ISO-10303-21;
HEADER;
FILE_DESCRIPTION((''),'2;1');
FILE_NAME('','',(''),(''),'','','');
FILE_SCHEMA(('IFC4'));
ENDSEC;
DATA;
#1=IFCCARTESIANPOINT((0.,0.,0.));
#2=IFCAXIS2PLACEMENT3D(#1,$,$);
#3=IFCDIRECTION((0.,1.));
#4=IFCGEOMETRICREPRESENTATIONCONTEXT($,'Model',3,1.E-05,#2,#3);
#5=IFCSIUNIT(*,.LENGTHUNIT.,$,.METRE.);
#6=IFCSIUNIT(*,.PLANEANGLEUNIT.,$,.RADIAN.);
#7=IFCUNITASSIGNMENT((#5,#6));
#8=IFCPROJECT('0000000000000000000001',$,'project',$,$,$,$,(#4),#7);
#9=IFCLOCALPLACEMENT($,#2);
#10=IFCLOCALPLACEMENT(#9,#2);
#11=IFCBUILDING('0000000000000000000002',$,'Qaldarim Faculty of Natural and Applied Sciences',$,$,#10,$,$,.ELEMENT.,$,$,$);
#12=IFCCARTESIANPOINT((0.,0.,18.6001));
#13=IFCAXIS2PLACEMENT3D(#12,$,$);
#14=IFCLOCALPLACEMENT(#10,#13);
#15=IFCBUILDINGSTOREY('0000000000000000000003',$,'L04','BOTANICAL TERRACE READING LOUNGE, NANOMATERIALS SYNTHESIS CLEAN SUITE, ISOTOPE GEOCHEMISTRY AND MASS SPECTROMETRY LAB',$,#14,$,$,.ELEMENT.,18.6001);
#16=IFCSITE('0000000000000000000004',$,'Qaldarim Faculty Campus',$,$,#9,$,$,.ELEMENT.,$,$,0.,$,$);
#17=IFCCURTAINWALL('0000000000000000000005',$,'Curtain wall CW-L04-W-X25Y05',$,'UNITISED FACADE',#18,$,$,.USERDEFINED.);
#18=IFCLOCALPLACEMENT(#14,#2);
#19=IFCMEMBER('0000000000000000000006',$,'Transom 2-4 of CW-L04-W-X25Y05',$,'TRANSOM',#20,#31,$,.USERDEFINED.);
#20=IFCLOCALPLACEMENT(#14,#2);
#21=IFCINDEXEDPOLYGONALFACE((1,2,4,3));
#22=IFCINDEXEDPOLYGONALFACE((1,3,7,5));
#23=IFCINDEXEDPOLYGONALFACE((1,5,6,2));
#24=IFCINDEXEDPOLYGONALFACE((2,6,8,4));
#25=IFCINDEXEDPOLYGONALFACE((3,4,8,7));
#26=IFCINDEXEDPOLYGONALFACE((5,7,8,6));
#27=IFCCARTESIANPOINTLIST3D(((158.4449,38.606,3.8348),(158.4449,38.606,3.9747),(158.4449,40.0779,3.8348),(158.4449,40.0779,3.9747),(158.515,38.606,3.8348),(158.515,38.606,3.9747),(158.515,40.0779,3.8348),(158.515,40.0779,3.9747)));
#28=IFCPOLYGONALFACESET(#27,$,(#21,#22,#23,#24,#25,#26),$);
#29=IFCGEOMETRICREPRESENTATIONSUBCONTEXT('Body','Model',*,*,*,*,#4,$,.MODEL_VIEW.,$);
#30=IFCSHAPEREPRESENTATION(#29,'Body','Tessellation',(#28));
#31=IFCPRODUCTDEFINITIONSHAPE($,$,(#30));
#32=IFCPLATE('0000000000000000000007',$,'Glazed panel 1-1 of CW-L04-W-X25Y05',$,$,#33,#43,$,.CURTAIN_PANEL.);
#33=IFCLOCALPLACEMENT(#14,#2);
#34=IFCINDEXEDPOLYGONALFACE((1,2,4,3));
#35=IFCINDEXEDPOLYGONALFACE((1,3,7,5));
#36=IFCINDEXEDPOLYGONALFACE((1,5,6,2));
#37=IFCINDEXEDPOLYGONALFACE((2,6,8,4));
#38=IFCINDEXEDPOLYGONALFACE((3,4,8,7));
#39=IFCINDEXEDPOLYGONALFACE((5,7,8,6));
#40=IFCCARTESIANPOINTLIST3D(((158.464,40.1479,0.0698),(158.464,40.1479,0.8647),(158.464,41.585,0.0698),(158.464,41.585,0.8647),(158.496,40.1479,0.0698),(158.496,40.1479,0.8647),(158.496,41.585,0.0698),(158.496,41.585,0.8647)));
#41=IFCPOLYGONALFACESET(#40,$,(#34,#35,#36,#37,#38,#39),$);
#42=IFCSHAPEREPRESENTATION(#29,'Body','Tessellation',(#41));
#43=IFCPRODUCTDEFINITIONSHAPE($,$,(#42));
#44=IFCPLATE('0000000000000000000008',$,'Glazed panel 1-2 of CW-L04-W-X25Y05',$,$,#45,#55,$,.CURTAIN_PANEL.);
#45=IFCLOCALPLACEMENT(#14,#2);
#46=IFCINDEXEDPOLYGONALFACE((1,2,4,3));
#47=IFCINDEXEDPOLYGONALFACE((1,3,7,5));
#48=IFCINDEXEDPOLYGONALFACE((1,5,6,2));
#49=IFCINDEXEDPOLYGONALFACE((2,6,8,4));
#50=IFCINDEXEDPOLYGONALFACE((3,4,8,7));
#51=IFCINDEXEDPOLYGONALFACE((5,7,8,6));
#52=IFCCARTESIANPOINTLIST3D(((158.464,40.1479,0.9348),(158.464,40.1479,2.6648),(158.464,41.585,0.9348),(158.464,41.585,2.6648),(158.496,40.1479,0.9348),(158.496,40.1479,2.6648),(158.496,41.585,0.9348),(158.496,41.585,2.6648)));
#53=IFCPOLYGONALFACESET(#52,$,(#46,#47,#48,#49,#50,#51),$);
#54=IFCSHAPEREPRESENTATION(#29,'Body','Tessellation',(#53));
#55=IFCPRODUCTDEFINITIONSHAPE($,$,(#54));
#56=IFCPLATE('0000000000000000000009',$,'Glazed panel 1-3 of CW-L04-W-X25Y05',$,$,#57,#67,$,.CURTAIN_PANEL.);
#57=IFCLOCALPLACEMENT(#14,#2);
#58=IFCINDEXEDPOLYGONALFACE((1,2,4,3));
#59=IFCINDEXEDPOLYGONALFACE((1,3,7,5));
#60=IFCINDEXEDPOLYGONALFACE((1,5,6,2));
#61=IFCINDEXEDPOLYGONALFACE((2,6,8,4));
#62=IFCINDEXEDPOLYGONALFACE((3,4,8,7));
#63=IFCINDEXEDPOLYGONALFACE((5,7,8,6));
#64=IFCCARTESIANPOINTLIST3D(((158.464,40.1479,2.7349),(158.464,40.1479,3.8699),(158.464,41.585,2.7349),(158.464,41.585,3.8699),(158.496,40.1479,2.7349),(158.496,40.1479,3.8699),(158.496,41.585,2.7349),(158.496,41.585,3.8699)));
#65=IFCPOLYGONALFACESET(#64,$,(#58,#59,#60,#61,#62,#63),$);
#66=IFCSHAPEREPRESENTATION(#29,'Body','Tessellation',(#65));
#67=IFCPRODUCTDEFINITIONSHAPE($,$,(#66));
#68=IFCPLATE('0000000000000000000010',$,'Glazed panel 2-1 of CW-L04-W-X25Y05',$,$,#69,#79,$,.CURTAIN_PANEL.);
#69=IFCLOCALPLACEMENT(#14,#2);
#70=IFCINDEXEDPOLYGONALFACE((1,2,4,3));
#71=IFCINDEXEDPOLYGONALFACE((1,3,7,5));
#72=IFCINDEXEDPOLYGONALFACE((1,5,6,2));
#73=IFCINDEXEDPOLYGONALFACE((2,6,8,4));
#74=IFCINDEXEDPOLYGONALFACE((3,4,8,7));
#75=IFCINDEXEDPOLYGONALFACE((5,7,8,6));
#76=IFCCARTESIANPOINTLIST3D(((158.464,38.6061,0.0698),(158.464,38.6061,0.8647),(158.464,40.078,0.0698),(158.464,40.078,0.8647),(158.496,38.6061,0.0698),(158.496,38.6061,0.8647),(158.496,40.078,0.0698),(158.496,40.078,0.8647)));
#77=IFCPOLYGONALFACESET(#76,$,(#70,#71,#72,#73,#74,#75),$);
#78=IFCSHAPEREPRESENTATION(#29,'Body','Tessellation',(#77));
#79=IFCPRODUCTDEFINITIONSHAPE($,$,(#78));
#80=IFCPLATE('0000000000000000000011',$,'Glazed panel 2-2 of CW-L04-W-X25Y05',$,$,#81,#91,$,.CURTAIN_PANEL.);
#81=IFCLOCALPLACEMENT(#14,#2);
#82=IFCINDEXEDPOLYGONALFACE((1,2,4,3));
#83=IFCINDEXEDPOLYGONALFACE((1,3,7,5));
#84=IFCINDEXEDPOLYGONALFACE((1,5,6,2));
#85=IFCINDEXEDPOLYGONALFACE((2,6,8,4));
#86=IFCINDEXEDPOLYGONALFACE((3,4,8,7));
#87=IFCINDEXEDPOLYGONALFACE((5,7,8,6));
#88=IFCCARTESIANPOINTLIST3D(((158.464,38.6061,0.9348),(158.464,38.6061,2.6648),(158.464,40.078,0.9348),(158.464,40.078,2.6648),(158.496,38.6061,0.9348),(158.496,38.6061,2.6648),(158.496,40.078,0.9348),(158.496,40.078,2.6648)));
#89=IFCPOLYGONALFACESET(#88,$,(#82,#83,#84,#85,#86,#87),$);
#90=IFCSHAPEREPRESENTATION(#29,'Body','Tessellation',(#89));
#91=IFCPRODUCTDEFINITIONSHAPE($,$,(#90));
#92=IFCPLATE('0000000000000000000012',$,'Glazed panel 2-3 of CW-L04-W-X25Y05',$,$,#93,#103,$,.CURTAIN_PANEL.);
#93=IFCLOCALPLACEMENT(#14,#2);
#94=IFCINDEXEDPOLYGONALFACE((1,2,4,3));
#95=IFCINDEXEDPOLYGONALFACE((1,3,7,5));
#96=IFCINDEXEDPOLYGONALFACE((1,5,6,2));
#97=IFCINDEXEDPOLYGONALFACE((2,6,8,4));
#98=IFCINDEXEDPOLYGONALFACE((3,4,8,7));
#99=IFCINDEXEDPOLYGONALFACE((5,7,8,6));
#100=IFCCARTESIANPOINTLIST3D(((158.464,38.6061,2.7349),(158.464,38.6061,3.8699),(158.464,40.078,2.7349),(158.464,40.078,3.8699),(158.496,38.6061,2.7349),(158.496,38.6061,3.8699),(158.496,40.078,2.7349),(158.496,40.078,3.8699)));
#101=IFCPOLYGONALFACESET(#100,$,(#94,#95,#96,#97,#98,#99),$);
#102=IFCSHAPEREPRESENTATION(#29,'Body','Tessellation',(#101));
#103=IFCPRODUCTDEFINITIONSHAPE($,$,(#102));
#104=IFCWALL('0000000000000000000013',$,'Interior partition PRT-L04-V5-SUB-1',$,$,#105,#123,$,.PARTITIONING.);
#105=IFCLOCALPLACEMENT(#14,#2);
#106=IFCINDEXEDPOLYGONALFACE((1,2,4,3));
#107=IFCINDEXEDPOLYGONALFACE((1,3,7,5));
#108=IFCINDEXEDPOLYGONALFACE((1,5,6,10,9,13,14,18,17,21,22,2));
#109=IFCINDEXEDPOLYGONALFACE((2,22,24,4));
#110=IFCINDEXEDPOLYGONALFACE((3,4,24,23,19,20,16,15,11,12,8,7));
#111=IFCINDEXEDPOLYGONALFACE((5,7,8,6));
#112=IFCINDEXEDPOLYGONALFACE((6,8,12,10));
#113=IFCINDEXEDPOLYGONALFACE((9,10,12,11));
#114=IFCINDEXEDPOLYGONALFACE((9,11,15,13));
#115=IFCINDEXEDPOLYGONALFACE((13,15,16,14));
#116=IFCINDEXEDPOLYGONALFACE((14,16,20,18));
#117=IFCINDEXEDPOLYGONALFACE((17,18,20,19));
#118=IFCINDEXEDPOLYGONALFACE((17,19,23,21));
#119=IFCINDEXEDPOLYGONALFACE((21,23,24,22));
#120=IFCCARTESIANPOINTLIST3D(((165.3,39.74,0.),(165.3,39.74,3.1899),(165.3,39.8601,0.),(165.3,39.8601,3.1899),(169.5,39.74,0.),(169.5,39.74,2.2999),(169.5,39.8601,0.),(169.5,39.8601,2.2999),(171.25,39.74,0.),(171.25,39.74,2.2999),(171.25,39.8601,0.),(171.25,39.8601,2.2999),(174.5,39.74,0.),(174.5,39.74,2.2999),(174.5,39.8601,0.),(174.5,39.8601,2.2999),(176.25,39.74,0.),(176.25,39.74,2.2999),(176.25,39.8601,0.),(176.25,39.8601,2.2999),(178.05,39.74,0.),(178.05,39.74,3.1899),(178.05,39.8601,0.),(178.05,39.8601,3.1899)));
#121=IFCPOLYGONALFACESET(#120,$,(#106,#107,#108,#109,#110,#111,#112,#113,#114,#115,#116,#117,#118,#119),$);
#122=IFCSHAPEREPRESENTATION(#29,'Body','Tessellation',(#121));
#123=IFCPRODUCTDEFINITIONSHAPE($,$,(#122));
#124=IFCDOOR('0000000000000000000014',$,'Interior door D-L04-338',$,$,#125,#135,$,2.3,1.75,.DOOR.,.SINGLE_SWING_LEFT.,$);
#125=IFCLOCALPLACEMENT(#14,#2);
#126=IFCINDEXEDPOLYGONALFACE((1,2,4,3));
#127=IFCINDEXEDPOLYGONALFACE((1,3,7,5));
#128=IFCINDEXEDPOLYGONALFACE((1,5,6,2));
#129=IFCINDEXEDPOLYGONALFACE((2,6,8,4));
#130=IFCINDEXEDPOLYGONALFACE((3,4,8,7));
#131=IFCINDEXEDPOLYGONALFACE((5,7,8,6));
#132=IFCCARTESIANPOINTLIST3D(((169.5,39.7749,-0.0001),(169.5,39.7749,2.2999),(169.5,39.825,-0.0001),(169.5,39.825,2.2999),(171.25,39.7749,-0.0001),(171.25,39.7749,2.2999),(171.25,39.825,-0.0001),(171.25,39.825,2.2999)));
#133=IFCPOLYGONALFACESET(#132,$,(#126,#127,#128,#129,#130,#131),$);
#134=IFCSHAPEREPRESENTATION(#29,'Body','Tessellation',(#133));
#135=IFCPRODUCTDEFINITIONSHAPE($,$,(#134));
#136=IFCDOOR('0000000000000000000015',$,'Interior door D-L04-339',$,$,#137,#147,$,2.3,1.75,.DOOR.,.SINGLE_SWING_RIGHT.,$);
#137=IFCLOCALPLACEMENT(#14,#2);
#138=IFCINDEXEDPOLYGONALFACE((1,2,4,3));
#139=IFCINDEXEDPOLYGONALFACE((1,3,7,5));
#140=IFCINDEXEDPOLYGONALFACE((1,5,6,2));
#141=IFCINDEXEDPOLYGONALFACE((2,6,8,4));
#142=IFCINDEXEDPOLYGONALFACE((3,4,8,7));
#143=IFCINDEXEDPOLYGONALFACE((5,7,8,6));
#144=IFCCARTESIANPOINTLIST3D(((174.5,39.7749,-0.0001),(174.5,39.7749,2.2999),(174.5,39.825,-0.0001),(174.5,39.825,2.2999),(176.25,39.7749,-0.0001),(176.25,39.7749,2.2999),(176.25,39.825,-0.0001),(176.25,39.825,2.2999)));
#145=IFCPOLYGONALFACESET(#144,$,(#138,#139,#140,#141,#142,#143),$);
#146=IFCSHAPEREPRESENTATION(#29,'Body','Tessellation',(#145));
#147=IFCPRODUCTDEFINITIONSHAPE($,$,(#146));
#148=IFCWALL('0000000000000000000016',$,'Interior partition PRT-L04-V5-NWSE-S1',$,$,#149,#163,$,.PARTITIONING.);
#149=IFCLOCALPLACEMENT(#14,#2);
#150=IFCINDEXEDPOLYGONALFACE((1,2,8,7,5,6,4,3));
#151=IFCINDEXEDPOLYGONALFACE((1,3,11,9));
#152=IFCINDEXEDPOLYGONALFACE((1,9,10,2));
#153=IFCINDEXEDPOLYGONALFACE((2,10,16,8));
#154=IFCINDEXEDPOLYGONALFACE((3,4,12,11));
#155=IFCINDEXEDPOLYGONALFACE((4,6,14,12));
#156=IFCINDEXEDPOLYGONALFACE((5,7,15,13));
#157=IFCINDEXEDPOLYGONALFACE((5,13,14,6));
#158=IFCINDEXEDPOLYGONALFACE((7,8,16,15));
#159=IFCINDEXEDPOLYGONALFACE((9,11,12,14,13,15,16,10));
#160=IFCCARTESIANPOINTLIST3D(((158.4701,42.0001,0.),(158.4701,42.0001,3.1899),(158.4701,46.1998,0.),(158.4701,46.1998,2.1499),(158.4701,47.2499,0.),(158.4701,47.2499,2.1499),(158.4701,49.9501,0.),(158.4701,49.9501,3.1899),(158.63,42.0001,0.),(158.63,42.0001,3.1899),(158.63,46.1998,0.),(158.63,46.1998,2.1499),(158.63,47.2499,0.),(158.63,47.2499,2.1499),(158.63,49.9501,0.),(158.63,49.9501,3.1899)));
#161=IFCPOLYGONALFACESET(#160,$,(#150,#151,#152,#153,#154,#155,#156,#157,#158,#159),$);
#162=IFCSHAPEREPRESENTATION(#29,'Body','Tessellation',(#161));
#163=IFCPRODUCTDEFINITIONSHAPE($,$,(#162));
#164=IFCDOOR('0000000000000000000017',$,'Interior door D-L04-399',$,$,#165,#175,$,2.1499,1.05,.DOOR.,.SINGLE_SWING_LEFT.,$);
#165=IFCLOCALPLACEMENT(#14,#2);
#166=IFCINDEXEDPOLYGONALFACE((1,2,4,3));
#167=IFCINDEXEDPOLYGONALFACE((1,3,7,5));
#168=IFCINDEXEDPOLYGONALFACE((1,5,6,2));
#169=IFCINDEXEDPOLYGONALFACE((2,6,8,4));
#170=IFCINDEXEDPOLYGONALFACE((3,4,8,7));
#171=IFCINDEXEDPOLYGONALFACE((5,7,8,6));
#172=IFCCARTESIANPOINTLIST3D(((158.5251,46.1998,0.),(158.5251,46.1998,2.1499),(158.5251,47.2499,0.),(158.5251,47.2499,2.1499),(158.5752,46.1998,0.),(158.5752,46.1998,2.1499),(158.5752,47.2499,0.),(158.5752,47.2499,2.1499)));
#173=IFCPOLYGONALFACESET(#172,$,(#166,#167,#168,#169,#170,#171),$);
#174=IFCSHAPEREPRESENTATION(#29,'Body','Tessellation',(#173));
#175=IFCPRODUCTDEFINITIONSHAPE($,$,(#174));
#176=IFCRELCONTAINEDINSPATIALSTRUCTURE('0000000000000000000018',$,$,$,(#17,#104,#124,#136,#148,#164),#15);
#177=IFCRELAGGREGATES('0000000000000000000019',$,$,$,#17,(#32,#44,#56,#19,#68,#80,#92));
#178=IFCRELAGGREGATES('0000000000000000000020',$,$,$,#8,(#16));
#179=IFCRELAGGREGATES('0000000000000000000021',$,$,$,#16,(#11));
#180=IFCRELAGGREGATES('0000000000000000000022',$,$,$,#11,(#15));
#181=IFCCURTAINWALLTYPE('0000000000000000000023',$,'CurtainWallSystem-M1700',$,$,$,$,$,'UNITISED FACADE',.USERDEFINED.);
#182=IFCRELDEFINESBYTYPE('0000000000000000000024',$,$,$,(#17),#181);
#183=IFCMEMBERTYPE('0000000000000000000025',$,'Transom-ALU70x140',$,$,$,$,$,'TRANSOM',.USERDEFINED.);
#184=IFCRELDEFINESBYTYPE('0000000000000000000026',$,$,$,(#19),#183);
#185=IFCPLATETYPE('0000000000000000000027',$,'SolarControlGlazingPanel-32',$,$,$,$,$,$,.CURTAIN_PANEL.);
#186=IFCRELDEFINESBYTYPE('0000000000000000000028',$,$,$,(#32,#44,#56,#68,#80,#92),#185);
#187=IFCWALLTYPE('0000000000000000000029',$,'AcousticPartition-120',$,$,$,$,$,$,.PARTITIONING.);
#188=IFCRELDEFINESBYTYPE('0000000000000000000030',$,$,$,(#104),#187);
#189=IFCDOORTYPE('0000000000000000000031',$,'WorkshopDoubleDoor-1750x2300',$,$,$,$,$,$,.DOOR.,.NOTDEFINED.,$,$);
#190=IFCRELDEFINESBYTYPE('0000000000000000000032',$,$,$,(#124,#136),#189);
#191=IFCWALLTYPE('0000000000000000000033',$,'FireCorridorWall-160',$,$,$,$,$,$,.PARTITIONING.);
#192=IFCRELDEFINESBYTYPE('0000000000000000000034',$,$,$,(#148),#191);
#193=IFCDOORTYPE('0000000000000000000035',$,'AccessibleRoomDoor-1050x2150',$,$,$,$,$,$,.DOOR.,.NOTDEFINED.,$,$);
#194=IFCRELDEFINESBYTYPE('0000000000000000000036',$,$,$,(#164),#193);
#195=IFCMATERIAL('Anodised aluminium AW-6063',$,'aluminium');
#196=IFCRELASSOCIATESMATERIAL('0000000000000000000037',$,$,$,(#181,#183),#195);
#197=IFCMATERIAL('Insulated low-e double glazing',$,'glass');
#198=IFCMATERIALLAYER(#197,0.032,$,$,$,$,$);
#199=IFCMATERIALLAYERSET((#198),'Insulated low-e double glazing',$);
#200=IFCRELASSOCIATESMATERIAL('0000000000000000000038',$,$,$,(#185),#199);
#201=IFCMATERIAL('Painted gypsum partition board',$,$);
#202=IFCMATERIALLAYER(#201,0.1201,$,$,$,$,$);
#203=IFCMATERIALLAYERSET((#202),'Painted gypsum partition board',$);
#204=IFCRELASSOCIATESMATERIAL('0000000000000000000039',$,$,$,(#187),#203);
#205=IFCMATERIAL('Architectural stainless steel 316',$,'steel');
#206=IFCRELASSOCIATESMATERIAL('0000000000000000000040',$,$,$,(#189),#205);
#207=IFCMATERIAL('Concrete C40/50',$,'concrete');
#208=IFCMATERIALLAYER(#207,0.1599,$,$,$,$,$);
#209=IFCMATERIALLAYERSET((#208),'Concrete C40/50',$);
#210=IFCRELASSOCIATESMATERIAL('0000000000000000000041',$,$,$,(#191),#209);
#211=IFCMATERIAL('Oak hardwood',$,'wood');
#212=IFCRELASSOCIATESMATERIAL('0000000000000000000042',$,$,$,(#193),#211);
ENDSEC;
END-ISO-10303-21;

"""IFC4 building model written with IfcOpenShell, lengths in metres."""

from ifc_helpers import new_model, si_unit, direction, frame, frame_2d, origin, origin_2d, place, context, subcontext, project, spatial, rectangle, extrude, material, layer, layer_set, material_profile, profile_set, type_object, element, fill, aggregate, save


model = new_model("IFC4")

# Units and contexts
model_context = context("Model", 3, precision=1e-05, world=origin(), true_north=direction((0.0, 1.0)))
body_context = subcontext(model_context, "Body", "Model", "MODEL_VIEW")
ifc_project = project(units=[si_unit("LENGTHUNIT", "METRE"), si_unit("PLANEANGLEUNIT", "RADIAN")], contexts=[model_context])

# Site, building, storey
site_placement = place(None, origin())
site = spatial("IfcSite", under=ifc_project, at=site_placement, Name="Qaldarim Faculty Campus", CompositionType="ELEMENT", RefElevation=0.0)
building_placement = place(site_placement, origin())
building = spatial("IfcBuilding", under=site, at=building_placement, Name="Qaldarim Faculty of Natural and Applied Sciences", CompositionType="ELEMENT")
storey_placement = place(building_placement, frame((0.0, 0.0, 18.6001)))
storey = spatial("IfcBuildingStorey", under=building, at=storey_placement, Name="L04", Description="BOTANICAL TERRACE READING LOUNGE, NANOMATERIALS SYNTHESIS CLEAN SUITE, ISOTOPE GEOCHEMISTRY AND MASS SPECTROMETRY LAB", CompositionType="ELEMENT", Elevation=18.6001)

# Shared definitions
ifc_material_1 = material(Name="Concrete C40/50", Category="concrete")

# Curtain wall
ifc_material_2 = material(Name="Anodised aluminium AW-6063", Category="aluminium")
curtain_wall_type = type_object("IfcCurtainWallType", Name="CurtainWallSystem-M1700", ElementType="UNITISED FACADE", PredefinedType="USERDEFINED", material=ifc_material_2)
curtain_wall_placement = place(storey_placement, origin())
curtain_wall = element("IfcCurtainWall", 1, at=curtain_wall_placement, inside=storey, type_object=curtain_wall_type, Name="Curtain wall CW-L04-W-X25Y05", ObjectType="UNITISED FACADE", PredefinedType="USERDEFINED")

# Member
ifc_material_profile_1 = material_profile(ifc_material_2, rectangle(XDim=0.0701, YDim=0.1399, at=origin_2d()), Name="ALU-T70x140")
ifc_profile_set_1 = profile_set([ifc_material_profile_1], Name="Anodised aluminium AW-6063")
member_type_1 = type_object("IfcMemberType", Name="Transom-ALU70x140", ElementType="TRANSOM", PredefinedType="USERDEFINED", material=ifc_profile_set_1)
member_1_placement = place(storey_placement, frame((158.48, 40.0779, 3.9048), z_axis=(0.0, -1.0, 0.0), x_axis=(1.0, 0.0, 0.0)))
member_1 = element("IfcMember", 2, at=member_1_placement, type_object=member_type_1, Name="Transom 2-4 of CW-L04-W-X25Y05", ObjectType="TRANSOM", PredefinedType="USERDEFINED", context=body_context, shape_type="SweptSolid", body=[
    extrude(rectangle(XDim=0.0701, YDim=0.1399, at=origin_2d()), origin(), (0.0, 0.0, 1.0), 1.4719),
])

# Plates
ifc_material_3 = material(Name="Insulated low-e double glazing", Category="glass")
ifc_layer_1 = layer(ifc_material_3, 0.032)
ifc_layer_set_1 = layer_set([ifc_layer_1], Name="Insulated low-e double glazing")
plate_type = type_object("IfcPlateType", Name="SolarControlGlazingPanel-32", PredefinedType="CURTAIN_PANEL", material=ifc_layer_set_1)
plate_1_placement = place(storey_placement, frame((158.48, 40.8665, 0.0698), z_axis=(0.0, 0.0, 1.0), x_axis=(0.0, -1.0, 0.0)))
plate_1 = element("IfcPlate", 3, at=plate_1_placement, type_object=plate_type, Name="Glazed panel 1-1 of CW-L04-W-X25Y05", PredefinedType="CURTAIN_PANEL", context=body_context, shape_type="SweptSolid", body=[
    extrude(rectangle(XDim=1.437, YDim=0.032, at=origin_2d()), origin(), (0.0, 0.0, 1.0), 0.7949),
])
plate_2_placement = place(storey_placement, frame((158.48, 40.8665, 0.9348), z_axis=(0.0, 0.0, 1.0), x_axis=(0.0, -1.0, 0.0)))
plate_2 = element("IfcPlate", 4, at=plate_2_placement, type_object=plate_type, Name="Glazed panel 1-2 of CW-L04-W-X25Y05", PredefinedType="CURTAIN_PANEL", context=body_context, shape_type="SweptSolid", body=[
    extrude(rectangle(XDim=1.437, YDim=0.032, at=origin_2d()), origin(), (0.0, 0.0, 1.0), 1.73),
])
plate_3_placement = place(storey_placement, frame((158.48, 40.8665, 2.7349), z_axis=(0.0, 0.0, 1.0), x_axis=(0.0, -1.0, 0.0)))
plate_3 = element("IfcPlate", 5, at=plate_3_placement, type_object=plate_type, Name="Glazed panel 1-3 of CW-L04-W-X25Y05", PredefinedType="CURTAIN_PANEL", context=body_context, shape_type="SweptSolid", body=[
    extrude(rectangle(XDim=1.437, YDim=0.032, at=origin_2d()), origin(), (0.0, 0.0, 1.0), 1.135),
])
plate_4_placement = place(storey_placement, frame((158.48, 39.342, 0.0698), z_axis=(0.0, 0.0, 1.0), x_axis=(0.0, -1.0, 0.0)))
plate_4 = element("IfcPlate", 6, at=plate_4_placement, type_object=plate_type, Name="Glazed panel 2-1 of CW-L04-W-X25Y05", PredefinedType="CURTAIN_PANEL", context=body_context, shape_type="SweptSolid", body=[
    extrude(rectangle(XDim=1.4719, YDim=0.032, at=origin_2d()), origin(), (0.0, 0.0, 1.0), 0.7949),
])
plate_5_placement = place(storey_placement, frame((158.48, 39.342, 0.9348), z_axis=(0.0, 0.0, 1.0), x_axis=(0.0, -1.0, 0.0)))
plate_5 = element("IfcPlate", 7, at=plate_5_placement, type_object=plate_type, Name="Glazed panel 2-2 of CW-L04-W-X25Y05", PredefinedType="CURTAIN_PANEL", context=body_context, shape_type="SweptSolid", body=[
    extrude(rectangle(XDim=1.4719, YDim=0.032, at=origin_2d()), origin(), (0.0, 0.0, 1.0), 1.73),
])
plate_6_placement = place(storey_placement, frame((158.48, 39.342, 2.7349), z_axis=(0.0, 0.0, 1.0), x_axis=(0.0, -1.0, 0.0)))
plate_6 = element("IfcPlate", 8, at=plate_6_placement, type_object=plate_type, Name="Glazed panel 2-3 of CW-L04-W-X25Y05", PredefinedType="CURTAIN_PANEL", context=body_context, shape_type="SweptSolid", body=[
    extrude(rectangle(XDim=1.4719, YDim=0.032, at=origin_2d()), origin(), (0.0, 0.0, 1.0), 1.135),
])
aggregate(curtain_wall, [plate_1, plate_2, plate_3, member_1, plate_4, plate_5, plate_6])

# Wall, openings, doors
ifc_material_4 = material(Name="Painted gypsum partition board")
ifc_layer_2 = layer(ifc_material_4, 0.1201)
ifc_layer_set_2 = layer_set([ifc_layer_2], Name="Painted gypsum partition board")
wall_type_1 = type_object("IfcWallType", Name="AcousticPartition-120", PredefinedType="PARTITIONING", material=ifc_layer_set_2)
wall_1_placement = place(storey_placement, frame((165.3, 39.8, 0.0), z_axis=(0.0, 0.0, 1.0), x_axis=(1.0, 0.0, 0.0)))
wall_1 = element("IfcWall", 9, at=wall_1_placement, inside=storey, type_object=wall_type_1, Name="Interior partition PRT-L04-V5-SUB-1", PredefinedType="PARTITIONING", context=body_context, shape_type="SweptSolid", body=[
    extrude(rectangle(XDim=12.75, YDim=0.1201, at=frame_2d((6.375, 0.0))), origin(), (0.0, 0.0, 1.0), 3.1899),
])
opening_1_placement = place(wall_1_placement, frame((4.2, 0.0, 0.0)))
opening_1 = element("IfcOpeningElement", 10, at=opening_1_placement, cuts=wall_1, PredefinedType="OPENING", context=body_context, shape_type="SweptSolid", body=[
    extrude(rectangle(XDim=1.75, YDim=2.3, at=frame_2d((0.875, 1.1499))), frame((0.0, 0.0701, 0.0), z_axis=(0.0, -1.0, 0.0), x_axis=(1.0, 0.0, 0.0)), (0.0, 0.0, 1.0), 0.1401),
])
opening_2_placement = place(wall_1_placement, frame((9.2, 0.0, 0.0)))
opening_2 = element("IfcOpeningElement", 11, at=opening_2_placement, cuts=wall_1, PredefinedType="OPENING", context=body_context, shape_type="SweptSolid", body=[
    extrude(rectangle(XDim=1.75, YDim=2.3, at=frame_2d((0.875, 1.1499))), frame((0.0, 0.0701, 0.0), z_axis=(0.0, -1.0, 0.0), x_axis=(1.0, 0.0, 0.0)), (0.0, 0.0, 1.0), 0.1401),
])
ifc_material_5 = material(Name="Architectural stainless steel 316", Category="steel")
door_type_1 = type_object("IfcDoorType", Name="WorkshopDoubleDoor-1750x2300", OperationType="NOTDEFINED", PredefinedType="DOOR", material=ifc_material_5)
door_1_placement = place(opening_1_placement, origin())
door_1 = element("IfcDoor", 12, at=door_1_placement, inside=storey, type_object=door_type_1, Name="Interior door D-L04-338", OperationType="SINGLE_SWING_LEFT", OverallHeight=2.3, OverallWidth=1.75, PredefinedType="DOOR", context=body_context, shape_type="SweptSolid", body=[
    extrude(rectangle(XDim=1.75, YDim=2.3, at=frame_2d((0.875, 1.1499))), frame((0.0, 0.0249, 0.0), z_axis=(0.0, -1.0, 0.0), x_axis=(1.0, 0.0, 0.0)), (0.0, 0.0, 1.0), 0.05),
])
fill(opening_1, door_1)
door_2_placement = place(opening_2_placement, origin())
door_2 = element("IfcDoor", 13, at=door_2_placement, inside=storey, type_object=door_type_1, Name="Interior door D-L04-339", OperationType="SINGLE_SWING_RIGHT", OverallHeight=2.3, OverallWidth=1.75, PredefinedType="DOOR", context=body_context, shape_type="SweptSolid", body=[
    extrude(rectangle(XDim=1.75, YDim=2.3, at=frame_2d((0.875, 1.1499))), frame((0.0, 0.0249, 0.0), z_axis=(0.0, -1.0, 0.0), x_axis=(1.0, 0.0, 0.0)), (0.0, 0.0, 1.0), 0.05),
])
fill(opening_2, door_2)

# Wall, opening, door
ifc_layer_3 = layer(ifc_material_1, 0.1599)
ifc_layer_set_3 = layer_set([ifc_layer_3], Name="Concrete C40/50")
wall_type_2 = type_object("IfcWallType", Name="FireCorridorWall-160", PredefinedType="PARTITIONING", material=ifc_layer_set_3)
wall_2_placement = place(storey_placement, frame((158.55, 42.0, 0.0), z_axis=(0.0, 0.0, 1.0), x_axis=(0.0, 1.0, 0.0)))
wall_2 = element("IfcWall", 14, at=wall_2_placement, inside=storey, type_object=wall_type_2, Name="Interior partition PRT-L04-V5-NWSE-S1", PredefinedType="PARTITIONING", context=body_context, shape_type="SweptSolid", body=[
    extrude(rectangle(XDim=7.95, YDim=0.1599, at=frame_2d((3.9751, 0.0))), origin(), (0.0, 0.0, 1.0), 3.1899),
])
opening_3_placement = place(wall_2_placement, frame((4.2, 0.0, 0.0)))
opening_3 = element("IfcOpeningElement", 15, at=opening_3_placement, cuts=wall_2, PredefinedType="OPENING", context=body_context, shape_type="SweptSolid", body=[
    extrude(rectangle(XDim=1.05, YDim=2.1499, at=frame_2d((0.5249, 1.075))), frame((0.0, 0.0898, 0.0), z_axis=(0.0, -1.0, 0.0), x_axis=(1.0, 0.0, 0.0)), (0.0, 0.0, 1.0), 0.1799),
])
ifc_material_6 = material(Name="Oak hardwood", Category="wood")
door_type_2 = type_object("IfcDoorType", Name="AccessibleRoomDoor-1050x2150", OperationType="NOTDEFINED", PredefinedType="DOOR", material=ifc_material_6)
door_3_placement = place(opening_3_placement, origin())
door_3 = element("IfcDoor", 16, at=door_3_placement, inside=storey, type_object=door_type_2, Name="Interior door D-L04-399", OperationType="SINGLE_SWING_LEFT", OverallHeight=2.1499, OverallWidth=1.05, PredefinedType="DOOR", context=body_context, shape_type="SweptSolid", body=[
    extrude(rectangle(XDim=1.05, YDim=2.1499, at=frame_2d((0.5249, 1.075))), frame((0.0, 0.0249, 0.0), z_axis=(0.0, -1.0, 0.0), x_axis=(1.0, 0.0, 0.0)), (0.0, 0.0, 1.0), 0.05),
])
fill(opening_3, door_3)

save(model, "model.ifc")
